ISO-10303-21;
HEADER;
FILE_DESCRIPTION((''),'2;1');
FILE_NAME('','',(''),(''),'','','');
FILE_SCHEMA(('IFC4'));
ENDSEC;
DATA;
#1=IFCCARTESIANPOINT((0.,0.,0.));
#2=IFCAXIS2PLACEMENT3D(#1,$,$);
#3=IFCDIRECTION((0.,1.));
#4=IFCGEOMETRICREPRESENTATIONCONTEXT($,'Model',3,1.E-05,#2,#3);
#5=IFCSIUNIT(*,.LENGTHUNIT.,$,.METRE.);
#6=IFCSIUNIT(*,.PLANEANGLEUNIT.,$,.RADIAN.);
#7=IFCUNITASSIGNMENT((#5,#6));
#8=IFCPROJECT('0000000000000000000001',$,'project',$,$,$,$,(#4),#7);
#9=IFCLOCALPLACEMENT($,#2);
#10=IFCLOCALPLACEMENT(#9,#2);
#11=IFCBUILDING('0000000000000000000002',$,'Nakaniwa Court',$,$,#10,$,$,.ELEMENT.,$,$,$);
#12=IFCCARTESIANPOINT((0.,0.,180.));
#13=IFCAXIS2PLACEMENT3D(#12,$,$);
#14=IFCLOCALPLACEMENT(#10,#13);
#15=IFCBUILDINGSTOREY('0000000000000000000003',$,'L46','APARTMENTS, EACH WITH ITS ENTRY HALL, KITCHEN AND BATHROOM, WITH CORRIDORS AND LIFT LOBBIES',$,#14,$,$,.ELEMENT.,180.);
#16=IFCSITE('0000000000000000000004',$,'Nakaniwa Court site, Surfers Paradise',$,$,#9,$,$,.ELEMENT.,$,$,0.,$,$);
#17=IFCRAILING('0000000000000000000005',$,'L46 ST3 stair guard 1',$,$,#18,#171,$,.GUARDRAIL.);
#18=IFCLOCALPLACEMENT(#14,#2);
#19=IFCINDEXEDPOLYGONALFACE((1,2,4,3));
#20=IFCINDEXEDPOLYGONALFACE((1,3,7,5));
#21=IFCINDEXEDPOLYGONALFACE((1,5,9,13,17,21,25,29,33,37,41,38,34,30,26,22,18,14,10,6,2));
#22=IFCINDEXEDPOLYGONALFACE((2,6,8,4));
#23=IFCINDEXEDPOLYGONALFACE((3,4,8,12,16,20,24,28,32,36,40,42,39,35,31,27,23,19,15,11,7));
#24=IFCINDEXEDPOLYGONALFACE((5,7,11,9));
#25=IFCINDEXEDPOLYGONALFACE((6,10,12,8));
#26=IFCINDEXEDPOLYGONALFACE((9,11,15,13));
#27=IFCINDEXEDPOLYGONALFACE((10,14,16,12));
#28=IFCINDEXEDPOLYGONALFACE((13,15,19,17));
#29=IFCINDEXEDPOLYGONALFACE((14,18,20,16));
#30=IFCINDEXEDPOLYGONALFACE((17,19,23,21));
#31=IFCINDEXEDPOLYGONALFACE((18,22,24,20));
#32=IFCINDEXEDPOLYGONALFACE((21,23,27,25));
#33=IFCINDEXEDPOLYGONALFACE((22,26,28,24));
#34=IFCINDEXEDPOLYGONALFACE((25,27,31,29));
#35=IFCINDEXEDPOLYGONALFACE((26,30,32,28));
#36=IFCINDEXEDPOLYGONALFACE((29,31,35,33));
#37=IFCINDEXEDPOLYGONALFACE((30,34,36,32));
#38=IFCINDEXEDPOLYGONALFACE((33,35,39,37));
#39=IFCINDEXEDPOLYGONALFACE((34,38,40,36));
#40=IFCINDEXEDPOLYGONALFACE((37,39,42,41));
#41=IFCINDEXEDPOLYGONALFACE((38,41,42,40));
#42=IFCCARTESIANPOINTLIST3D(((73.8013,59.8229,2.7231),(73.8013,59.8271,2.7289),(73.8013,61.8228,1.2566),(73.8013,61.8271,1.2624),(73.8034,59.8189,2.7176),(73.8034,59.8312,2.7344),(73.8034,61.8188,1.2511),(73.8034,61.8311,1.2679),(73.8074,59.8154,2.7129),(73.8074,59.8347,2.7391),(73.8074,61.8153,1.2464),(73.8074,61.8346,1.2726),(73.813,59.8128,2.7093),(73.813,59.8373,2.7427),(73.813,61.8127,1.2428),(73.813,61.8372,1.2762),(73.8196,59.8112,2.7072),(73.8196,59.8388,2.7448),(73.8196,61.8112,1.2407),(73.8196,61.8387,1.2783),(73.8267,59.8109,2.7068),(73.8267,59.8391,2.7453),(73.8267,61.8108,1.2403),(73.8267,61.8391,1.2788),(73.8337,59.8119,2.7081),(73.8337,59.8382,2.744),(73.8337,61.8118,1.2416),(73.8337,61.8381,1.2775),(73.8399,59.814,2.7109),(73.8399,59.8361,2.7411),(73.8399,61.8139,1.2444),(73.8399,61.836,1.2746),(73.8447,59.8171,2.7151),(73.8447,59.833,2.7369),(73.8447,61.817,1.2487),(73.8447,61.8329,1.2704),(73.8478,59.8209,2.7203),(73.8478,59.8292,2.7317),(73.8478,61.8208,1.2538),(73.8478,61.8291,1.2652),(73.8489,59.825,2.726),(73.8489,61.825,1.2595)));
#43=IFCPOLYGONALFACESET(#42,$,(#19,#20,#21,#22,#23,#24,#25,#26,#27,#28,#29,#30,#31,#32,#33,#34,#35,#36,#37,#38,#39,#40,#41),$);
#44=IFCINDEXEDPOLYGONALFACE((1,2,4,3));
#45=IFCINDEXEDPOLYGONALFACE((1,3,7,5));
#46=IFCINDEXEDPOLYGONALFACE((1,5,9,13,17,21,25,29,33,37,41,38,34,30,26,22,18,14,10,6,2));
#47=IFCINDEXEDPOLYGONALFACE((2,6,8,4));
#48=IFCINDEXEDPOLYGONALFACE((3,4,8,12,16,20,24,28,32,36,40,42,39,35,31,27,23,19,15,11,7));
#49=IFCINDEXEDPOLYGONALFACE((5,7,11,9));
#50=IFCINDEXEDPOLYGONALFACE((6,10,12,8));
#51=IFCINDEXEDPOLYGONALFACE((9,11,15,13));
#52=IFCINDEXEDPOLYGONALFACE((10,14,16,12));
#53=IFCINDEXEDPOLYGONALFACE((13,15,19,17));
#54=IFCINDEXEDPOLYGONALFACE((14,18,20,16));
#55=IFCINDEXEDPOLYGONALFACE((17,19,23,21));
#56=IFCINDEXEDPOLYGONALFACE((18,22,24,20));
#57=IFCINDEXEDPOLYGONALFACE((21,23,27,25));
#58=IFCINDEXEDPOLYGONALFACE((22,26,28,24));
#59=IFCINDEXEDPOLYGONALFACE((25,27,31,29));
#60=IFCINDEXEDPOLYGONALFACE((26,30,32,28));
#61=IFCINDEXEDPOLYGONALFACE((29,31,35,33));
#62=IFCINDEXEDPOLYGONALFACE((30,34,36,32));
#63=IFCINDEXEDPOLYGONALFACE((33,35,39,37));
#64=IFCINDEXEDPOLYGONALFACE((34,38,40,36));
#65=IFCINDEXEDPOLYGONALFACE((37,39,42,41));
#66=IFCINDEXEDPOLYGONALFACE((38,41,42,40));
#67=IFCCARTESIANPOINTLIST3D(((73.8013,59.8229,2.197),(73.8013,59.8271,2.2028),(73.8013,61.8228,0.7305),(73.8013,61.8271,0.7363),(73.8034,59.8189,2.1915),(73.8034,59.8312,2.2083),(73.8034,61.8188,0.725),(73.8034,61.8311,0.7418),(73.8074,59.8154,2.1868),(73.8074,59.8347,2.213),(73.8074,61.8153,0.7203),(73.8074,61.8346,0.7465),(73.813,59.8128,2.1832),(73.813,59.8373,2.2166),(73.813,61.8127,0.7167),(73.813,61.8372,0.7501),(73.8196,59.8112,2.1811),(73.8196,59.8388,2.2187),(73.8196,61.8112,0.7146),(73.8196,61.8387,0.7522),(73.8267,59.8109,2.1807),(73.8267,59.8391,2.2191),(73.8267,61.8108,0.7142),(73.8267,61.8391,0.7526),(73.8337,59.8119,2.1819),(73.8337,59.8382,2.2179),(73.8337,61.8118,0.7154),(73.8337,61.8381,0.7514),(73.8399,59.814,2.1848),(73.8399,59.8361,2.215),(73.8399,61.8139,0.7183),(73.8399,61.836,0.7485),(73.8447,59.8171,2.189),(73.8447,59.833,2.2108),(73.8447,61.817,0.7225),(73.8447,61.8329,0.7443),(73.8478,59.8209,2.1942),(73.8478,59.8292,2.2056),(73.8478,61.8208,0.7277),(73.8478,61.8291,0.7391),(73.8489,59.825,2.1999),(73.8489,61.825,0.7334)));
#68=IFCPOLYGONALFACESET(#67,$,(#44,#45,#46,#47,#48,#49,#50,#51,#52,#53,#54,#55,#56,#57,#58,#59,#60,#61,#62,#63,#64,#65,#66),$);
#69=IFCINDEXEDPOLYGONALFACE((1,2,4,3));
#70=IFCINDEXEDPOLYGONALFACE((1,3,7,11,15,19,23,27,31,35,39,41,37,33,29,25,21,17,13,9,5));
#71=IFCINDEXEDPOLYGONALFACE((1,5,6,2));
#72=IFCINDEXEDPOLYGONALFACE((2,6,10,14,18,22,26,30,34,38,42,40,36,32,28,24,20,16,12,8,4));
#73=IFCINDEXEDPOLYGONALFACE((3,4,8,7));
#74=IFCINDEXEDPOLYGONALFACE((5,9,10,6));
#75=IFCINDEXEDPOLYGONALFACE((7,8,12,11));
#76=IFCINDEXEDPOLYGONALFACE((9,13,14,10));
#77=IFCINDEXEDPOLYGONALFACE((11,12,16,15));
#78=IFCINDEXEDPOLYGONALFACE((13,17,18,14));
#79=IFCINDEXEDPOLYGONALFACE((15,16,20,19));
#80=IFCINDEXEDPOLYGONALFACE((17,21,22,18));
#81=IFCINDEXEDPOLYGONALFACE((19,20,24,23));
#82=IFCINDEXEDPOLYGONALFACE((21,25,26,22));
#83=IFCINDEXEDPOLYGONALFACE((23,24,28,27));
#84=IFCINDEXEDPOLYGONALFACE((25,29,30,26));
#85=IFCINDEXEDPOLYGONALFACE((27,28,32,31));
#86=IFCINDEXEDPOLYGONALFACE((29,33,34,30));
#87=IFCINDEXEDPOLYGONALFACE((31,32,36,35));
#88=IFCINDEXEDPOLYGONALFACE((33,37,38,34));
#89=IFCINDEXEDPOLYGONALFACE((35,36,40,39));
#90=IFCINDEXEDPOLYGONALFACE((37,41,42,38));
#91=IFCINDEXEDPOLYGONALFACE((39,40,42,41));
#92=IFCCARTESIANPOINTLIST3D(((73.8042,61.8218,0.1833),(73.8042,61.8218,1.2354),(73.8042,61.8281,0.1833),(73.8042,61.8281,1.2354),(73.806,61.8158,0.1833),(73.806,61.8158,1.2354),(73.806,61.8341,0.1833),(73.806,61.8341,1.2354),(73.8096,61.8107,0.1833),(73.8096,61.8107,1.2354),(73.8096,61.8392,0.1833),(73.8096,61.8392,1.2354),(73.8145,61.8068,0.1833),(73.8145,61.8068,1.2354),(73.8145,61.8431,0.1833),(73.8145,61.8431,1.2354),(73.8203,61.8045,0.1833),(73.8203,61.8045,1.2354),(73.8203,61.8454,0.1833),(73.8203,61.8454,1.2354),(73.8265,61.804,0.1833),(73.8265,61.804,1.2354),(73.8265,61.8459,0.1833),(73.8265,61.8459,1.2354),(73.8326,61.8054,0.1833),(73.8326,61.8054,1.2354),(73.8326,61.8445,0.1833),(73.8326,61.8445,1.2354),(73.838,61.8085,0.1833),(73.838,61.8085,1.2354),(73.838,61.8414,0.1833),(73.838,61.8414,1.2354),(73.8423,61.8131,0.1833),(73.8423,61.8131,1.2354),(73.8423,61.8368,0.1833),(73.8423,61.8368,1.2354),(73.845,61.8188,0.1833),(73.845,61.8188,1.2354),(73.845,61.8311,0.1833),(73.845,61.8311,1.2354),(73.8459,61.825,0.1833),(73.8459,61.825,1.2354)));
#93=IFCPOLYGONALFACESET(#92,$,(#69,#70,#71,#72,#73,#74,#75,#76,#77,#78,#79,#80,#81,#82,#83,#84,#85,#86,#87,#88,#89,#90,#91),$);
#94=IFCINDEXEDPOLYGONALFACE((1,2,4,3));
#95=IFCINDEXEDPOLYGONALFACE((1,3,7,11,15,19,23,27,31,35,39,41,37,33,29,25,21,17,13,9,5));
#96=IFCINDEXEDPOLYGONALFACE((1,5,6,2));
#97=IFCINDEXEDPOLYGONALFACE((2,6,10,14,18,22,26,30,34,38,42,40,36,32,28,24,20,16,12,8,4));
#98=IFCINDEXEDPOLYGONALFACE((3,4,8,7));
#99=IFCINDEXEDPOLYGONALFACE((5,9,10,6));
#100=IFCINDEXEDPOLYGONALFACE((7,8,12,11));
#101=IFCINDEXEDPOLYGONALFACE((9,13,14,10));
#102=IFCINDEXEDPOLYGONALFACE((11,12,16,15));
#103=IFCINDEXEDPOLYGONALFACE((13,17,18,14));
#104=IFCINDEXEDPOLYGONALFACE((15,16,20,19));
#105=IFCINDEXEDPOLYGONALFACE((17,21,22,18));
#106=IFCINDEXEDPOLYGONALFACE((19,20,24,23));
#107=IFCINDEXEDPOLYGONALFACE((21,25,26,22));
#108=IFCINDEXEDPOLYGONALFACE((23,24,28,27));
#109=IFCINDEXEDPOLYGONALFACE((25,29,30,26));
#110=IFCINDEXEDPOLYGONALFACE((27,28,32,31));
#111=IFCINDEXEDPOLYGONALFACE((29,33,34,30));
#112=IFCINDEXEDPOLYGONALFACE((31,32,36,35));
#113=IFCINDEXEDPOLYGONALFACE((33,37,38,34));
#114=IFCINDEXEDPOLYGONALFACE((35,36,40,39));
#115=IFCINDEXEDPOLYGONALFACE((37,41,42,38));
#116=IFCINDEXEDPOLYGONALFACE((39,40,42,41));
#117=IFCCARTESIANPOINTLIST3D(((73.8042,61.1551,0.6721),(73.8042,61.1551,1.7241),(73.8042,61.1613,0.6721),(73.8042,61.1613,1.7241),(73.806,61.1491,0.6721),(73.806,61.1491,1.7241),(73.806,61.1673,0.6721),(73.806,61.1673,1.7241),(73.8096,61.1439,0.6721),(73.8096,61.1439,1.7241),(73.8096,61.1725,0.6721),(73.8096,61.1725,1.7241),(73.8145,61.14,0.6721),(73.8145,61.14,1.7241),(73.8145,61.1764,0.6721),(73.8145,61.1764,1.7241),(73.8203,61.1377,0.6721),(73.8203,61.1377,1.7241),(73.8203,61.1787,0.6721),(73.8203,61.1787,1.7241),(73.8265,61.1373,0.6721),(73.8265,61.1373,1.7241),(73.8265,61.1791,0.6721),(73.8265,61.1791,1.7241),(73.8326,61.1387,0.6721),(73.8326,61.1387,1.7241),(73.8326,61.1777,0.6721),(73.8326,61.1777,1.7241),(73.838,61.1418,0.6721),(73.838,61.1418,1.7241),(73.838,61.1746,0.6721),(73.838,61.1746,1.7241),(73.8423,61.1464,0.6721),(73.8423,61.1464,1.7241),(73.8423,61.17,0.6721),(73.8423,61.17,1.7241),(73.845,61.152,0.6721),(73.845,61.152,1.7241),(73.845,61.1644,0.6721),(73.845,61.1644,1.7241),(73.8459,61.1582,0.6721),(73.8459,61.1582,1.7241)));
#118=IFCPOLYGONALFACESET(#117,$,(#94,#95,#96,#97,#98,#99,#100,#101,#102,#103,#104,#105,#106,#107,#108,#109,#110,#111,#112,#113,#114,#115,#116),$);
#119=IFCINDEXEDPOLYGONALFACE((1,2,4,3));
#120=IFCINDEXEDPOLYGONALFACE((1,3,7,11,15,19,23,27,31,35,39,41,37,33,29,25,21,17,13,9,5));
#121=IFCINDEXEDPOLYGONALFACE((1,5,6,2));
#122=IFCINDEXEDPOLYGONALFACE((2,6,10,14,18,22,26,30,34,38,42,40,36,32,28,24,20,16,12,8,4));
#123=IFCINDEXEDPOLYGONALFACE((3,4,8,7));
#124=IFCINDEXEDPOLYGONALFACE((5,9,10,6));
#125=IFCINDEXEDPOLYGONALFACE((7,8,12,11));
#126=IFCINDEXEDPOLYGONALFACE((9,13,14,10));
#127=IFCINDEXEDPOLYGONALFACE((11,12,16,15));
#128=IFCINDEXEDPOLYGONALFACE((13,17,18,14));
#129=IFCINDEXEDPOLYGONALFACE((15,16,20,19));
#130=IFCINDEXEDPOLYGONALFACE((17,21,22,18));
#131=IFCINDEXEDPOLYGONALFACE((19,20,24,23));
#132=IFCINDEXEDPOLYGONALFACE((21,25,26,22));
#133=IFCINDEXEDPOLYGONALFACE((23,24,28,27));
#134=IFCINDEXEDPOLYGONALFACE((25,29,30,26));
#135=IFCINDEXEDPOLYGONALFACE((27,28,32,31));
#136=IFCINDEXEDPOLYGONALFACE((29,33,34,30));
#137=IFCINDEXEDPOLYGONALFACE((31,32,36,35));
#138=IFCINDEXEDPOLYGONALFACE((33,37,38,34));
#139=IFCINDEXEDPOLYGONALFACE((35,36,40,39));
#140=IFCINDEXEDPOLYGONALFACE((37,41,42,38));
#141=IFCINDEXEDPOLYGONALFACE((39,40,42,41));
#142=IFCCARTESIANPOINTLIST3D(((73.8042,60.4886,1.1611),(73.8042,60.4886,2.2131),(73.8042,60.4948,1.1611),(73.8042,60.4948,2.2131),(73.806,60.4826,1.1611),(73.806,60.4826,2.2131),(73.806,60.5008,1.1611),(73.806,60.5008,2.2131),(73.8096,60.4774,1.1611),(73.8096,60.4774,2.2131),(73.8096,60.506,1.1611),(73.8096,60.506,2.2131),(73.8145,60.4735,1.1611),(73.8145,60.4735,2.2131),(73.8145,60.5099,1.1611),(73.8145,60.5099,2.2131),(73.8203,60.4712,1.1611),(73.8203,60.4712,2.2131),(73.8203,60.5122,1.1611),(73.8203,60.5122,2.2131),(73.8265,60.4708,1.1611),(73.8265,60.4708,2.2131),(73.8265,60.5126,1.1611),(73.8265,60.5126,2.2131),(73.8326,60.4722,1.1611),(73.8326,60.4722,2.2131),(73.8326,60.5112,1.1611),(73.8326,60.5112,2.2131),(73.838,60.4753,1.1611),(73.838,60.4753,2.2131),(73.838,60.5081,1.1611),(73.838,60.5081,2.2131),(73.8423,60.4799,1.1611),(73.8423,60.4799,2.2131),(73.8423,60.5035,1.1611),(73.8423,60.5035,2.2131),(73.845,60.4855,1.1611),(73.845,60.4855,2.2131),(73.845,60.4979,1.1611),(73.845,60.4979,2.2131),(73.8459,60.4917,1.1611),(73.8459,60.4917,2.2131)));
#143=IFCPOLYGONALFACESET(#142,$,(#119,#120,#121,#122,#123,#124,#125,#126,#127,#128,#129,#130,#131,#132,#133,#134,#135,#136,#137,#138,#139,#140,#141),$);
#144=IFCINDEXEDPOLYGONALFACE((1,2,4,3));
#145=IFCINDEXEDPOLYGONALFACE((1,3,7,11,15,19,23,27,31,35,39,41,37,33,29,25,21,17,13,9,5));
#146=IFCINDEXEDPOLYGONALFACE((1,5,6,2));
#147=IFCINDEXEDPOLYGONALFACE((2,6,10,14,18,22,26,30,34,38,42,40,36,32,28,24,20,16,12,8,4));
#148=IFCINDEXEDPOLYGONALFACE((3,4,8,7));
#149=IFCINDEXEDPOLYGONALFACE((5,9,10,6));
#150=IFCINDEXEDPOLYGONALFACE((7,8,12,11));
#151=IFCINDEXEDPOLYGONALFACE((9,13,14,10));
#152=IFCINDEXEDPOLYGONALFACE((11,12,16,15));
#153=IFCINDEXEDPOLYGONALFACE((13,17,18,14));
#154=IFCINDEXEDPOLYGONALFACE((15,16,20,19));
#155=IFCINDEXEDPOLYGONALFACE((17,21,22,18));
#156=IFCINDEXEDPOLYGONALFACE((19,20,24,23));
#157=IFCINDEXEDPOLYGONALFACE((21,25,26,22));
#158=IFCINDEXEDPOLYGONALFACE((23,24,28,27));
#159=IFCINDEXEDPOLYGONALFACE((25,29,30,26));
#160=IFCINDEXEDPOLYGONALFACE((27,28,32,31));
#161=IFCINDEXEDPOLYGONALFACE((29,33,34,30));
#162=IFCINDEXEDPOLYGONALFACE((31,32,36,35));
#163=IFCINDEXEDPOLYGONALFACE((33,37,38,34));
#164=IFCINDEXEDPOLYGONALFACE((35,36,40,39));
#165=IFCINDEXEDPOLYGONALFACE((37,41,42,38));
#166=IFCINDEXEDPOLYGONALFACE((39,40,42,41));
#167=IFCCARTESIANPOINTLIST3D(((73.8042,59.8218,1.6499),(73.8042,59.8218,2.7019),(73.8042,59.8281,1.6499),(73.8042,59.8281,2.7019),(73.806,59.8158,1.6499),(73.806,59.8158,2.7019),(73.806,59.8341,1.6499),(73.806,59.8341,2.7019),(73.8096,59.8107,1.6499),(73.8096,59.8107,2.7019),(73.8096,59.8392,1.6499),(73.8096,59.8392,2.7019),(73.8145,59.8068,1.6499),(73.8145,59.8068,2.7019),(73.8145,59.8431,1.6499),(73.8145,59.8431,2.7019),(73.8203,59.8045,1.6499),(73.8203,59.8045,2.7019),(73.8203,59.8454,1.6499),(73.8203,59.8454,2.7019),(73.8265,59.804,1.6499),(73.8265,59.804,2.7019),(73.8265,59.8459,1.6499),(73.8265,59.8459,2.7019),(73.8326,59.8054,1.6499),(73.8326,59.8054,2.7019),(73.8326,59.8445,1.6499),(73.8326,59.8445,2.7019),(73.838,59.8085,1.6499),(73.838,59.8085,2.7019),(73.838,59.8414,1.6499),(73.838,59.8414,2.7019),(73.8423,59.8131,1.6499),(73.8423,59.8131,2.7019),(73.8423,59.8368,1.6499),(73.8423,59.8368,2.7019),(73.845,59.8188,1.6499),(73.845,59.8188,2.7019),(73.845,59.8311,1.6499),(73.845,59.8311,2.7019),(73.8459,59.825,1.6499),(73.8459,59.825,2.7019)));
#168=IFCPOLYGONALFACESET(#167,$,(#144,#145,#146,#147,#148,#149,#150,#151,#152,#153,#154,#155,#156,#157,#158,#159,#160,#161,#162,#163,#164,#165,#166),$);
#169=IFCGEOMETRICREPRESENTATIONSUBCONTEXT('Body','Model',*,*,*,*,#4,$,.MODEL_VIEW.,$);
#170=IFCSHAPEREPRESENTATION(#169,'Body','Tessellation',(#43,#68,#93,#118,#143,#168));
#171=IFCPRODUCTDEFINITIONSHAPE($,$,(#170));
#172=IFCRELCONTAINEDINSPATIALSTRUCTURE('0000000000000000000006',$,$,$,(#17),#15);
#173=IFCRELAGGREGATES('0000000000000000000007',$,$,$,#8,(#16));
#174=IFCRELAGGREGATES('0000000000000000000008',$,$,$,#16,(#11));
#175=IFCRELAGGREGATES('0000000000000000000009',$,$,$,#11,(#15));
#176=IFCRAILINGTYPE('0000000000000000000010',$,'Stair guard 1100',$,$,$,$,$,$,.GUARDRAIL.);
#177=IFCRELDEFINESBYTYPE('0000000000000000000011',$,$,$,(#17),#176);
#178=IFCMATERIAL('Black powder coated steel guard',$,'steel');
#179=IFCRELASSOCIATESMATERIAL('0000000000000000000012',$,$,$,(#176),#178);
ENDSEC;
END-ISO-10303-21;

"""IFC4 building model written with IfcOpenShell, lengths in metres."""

from ifc_helpers import new_model, si_unit, direction, frame, origin, origin_2d, place, context, subcontext, project, spatial, circle, extrude, material, type_object, element, save


model = new_model("IFC4")

# Units and contexts
model_context = context("Model", 3, precision=1e-05, world=origin(), true_north=direction((0.0, 1.0)))
body_context = subcontext(model_context, "Body", "Model", "MODEL_VIEW")
ifc_project = project(units=[si_unit("LENGTHUNIT", "METRE"), si_unit("PLANEANGLEUNIT", "RADIAN")], contexts=[model_context])

# Site, building, storey
site_placement = place(None, origin())
site = spatial("IfcSite", under=ifc_project, at=site_placement, Name="Nakaniwa Court site, Surfers Paradise", CompositionType="ELEMENT", RefElevation=0.0)
building_placement = place(site_placement, origin())
building = spatial("IfcBuilding", under=site, at=building_placement, Name="Nakaniwa Court", CompositionType="ELEMENT")
storey_placement = place(building_placement, frame((0.0, 0.0, 180.0)))
storey = spatial("IfcBuildingStorey", under=building, at=storey_placement, Name="L46", Description="APARTMENTS, EACH WITH ITS ENTRY HALL, KITCHEN AND BATHROOM, WITH CORRIDORS AND LIFT LOBBIES", CompositionType="ELEMENT", Elevation=180.0)

# Railing
ifc_material_1 = material(Name="Black powder coated steel guard", Category="steel")
railing_type_1 = type_object("IfcRailingType", Name="Stair guard 1100", PredefinedType="GUARDRAIL", material=ifc_material_1)
railing_1_placement = place(storey_placement, frame((73.825, 61.825, 0.1833)))
element("IfcRailing", 1, at=railing_1_placement, inside=storey, type_object=railing_type_1, Name="L46 ST3 stair guard 1", PredefinedType="GUARDRAIL", context=body_context, shape_type="SweptSolid", body=[
    extrude(circle(Radius=0.0239, at=origin_2d()), frame((0.0, 0.0, 1.0762), z_axis=(0.0, -0.806427, 0.591334), x_axis=(1.0, 0.0, 0.0)), (0.0, 0.0, 1.0), 2.48),
    extrude(circle(Radius=0.0239, at=origin_2d()), frame((0.0, 0.0, 0.55), z_axis=(0.0, -0.806427, 0.591334), x_axis=(1.0, 0.0, 0.0)), (0.0, 0.0, 1.0), 2.48),
    extrude(circle(Radius=0.021, at=origin_2d()), origin(), (0.0, 0.0, 1.0), 1.052),
    extrude(circle(Radius=0.021, at=origin_2d()), frame((0.0, -0.6667, 0.4888)), (0.0, 0.0, 1.0), 1.052),
    extrude(circle(Radius=0.021, at=origin_2d()), frame((0.0, -1.3333, 0.9778)), (0.0, 0.0, 1.0), 1.052),
    extrude(circle(Radius=0.021, at=origin_2d()), frame((0.0, -2.0, 1.4666)), (0.0, 0.0, 1.0), 1.052),
])

save(model, "model.ifc")
